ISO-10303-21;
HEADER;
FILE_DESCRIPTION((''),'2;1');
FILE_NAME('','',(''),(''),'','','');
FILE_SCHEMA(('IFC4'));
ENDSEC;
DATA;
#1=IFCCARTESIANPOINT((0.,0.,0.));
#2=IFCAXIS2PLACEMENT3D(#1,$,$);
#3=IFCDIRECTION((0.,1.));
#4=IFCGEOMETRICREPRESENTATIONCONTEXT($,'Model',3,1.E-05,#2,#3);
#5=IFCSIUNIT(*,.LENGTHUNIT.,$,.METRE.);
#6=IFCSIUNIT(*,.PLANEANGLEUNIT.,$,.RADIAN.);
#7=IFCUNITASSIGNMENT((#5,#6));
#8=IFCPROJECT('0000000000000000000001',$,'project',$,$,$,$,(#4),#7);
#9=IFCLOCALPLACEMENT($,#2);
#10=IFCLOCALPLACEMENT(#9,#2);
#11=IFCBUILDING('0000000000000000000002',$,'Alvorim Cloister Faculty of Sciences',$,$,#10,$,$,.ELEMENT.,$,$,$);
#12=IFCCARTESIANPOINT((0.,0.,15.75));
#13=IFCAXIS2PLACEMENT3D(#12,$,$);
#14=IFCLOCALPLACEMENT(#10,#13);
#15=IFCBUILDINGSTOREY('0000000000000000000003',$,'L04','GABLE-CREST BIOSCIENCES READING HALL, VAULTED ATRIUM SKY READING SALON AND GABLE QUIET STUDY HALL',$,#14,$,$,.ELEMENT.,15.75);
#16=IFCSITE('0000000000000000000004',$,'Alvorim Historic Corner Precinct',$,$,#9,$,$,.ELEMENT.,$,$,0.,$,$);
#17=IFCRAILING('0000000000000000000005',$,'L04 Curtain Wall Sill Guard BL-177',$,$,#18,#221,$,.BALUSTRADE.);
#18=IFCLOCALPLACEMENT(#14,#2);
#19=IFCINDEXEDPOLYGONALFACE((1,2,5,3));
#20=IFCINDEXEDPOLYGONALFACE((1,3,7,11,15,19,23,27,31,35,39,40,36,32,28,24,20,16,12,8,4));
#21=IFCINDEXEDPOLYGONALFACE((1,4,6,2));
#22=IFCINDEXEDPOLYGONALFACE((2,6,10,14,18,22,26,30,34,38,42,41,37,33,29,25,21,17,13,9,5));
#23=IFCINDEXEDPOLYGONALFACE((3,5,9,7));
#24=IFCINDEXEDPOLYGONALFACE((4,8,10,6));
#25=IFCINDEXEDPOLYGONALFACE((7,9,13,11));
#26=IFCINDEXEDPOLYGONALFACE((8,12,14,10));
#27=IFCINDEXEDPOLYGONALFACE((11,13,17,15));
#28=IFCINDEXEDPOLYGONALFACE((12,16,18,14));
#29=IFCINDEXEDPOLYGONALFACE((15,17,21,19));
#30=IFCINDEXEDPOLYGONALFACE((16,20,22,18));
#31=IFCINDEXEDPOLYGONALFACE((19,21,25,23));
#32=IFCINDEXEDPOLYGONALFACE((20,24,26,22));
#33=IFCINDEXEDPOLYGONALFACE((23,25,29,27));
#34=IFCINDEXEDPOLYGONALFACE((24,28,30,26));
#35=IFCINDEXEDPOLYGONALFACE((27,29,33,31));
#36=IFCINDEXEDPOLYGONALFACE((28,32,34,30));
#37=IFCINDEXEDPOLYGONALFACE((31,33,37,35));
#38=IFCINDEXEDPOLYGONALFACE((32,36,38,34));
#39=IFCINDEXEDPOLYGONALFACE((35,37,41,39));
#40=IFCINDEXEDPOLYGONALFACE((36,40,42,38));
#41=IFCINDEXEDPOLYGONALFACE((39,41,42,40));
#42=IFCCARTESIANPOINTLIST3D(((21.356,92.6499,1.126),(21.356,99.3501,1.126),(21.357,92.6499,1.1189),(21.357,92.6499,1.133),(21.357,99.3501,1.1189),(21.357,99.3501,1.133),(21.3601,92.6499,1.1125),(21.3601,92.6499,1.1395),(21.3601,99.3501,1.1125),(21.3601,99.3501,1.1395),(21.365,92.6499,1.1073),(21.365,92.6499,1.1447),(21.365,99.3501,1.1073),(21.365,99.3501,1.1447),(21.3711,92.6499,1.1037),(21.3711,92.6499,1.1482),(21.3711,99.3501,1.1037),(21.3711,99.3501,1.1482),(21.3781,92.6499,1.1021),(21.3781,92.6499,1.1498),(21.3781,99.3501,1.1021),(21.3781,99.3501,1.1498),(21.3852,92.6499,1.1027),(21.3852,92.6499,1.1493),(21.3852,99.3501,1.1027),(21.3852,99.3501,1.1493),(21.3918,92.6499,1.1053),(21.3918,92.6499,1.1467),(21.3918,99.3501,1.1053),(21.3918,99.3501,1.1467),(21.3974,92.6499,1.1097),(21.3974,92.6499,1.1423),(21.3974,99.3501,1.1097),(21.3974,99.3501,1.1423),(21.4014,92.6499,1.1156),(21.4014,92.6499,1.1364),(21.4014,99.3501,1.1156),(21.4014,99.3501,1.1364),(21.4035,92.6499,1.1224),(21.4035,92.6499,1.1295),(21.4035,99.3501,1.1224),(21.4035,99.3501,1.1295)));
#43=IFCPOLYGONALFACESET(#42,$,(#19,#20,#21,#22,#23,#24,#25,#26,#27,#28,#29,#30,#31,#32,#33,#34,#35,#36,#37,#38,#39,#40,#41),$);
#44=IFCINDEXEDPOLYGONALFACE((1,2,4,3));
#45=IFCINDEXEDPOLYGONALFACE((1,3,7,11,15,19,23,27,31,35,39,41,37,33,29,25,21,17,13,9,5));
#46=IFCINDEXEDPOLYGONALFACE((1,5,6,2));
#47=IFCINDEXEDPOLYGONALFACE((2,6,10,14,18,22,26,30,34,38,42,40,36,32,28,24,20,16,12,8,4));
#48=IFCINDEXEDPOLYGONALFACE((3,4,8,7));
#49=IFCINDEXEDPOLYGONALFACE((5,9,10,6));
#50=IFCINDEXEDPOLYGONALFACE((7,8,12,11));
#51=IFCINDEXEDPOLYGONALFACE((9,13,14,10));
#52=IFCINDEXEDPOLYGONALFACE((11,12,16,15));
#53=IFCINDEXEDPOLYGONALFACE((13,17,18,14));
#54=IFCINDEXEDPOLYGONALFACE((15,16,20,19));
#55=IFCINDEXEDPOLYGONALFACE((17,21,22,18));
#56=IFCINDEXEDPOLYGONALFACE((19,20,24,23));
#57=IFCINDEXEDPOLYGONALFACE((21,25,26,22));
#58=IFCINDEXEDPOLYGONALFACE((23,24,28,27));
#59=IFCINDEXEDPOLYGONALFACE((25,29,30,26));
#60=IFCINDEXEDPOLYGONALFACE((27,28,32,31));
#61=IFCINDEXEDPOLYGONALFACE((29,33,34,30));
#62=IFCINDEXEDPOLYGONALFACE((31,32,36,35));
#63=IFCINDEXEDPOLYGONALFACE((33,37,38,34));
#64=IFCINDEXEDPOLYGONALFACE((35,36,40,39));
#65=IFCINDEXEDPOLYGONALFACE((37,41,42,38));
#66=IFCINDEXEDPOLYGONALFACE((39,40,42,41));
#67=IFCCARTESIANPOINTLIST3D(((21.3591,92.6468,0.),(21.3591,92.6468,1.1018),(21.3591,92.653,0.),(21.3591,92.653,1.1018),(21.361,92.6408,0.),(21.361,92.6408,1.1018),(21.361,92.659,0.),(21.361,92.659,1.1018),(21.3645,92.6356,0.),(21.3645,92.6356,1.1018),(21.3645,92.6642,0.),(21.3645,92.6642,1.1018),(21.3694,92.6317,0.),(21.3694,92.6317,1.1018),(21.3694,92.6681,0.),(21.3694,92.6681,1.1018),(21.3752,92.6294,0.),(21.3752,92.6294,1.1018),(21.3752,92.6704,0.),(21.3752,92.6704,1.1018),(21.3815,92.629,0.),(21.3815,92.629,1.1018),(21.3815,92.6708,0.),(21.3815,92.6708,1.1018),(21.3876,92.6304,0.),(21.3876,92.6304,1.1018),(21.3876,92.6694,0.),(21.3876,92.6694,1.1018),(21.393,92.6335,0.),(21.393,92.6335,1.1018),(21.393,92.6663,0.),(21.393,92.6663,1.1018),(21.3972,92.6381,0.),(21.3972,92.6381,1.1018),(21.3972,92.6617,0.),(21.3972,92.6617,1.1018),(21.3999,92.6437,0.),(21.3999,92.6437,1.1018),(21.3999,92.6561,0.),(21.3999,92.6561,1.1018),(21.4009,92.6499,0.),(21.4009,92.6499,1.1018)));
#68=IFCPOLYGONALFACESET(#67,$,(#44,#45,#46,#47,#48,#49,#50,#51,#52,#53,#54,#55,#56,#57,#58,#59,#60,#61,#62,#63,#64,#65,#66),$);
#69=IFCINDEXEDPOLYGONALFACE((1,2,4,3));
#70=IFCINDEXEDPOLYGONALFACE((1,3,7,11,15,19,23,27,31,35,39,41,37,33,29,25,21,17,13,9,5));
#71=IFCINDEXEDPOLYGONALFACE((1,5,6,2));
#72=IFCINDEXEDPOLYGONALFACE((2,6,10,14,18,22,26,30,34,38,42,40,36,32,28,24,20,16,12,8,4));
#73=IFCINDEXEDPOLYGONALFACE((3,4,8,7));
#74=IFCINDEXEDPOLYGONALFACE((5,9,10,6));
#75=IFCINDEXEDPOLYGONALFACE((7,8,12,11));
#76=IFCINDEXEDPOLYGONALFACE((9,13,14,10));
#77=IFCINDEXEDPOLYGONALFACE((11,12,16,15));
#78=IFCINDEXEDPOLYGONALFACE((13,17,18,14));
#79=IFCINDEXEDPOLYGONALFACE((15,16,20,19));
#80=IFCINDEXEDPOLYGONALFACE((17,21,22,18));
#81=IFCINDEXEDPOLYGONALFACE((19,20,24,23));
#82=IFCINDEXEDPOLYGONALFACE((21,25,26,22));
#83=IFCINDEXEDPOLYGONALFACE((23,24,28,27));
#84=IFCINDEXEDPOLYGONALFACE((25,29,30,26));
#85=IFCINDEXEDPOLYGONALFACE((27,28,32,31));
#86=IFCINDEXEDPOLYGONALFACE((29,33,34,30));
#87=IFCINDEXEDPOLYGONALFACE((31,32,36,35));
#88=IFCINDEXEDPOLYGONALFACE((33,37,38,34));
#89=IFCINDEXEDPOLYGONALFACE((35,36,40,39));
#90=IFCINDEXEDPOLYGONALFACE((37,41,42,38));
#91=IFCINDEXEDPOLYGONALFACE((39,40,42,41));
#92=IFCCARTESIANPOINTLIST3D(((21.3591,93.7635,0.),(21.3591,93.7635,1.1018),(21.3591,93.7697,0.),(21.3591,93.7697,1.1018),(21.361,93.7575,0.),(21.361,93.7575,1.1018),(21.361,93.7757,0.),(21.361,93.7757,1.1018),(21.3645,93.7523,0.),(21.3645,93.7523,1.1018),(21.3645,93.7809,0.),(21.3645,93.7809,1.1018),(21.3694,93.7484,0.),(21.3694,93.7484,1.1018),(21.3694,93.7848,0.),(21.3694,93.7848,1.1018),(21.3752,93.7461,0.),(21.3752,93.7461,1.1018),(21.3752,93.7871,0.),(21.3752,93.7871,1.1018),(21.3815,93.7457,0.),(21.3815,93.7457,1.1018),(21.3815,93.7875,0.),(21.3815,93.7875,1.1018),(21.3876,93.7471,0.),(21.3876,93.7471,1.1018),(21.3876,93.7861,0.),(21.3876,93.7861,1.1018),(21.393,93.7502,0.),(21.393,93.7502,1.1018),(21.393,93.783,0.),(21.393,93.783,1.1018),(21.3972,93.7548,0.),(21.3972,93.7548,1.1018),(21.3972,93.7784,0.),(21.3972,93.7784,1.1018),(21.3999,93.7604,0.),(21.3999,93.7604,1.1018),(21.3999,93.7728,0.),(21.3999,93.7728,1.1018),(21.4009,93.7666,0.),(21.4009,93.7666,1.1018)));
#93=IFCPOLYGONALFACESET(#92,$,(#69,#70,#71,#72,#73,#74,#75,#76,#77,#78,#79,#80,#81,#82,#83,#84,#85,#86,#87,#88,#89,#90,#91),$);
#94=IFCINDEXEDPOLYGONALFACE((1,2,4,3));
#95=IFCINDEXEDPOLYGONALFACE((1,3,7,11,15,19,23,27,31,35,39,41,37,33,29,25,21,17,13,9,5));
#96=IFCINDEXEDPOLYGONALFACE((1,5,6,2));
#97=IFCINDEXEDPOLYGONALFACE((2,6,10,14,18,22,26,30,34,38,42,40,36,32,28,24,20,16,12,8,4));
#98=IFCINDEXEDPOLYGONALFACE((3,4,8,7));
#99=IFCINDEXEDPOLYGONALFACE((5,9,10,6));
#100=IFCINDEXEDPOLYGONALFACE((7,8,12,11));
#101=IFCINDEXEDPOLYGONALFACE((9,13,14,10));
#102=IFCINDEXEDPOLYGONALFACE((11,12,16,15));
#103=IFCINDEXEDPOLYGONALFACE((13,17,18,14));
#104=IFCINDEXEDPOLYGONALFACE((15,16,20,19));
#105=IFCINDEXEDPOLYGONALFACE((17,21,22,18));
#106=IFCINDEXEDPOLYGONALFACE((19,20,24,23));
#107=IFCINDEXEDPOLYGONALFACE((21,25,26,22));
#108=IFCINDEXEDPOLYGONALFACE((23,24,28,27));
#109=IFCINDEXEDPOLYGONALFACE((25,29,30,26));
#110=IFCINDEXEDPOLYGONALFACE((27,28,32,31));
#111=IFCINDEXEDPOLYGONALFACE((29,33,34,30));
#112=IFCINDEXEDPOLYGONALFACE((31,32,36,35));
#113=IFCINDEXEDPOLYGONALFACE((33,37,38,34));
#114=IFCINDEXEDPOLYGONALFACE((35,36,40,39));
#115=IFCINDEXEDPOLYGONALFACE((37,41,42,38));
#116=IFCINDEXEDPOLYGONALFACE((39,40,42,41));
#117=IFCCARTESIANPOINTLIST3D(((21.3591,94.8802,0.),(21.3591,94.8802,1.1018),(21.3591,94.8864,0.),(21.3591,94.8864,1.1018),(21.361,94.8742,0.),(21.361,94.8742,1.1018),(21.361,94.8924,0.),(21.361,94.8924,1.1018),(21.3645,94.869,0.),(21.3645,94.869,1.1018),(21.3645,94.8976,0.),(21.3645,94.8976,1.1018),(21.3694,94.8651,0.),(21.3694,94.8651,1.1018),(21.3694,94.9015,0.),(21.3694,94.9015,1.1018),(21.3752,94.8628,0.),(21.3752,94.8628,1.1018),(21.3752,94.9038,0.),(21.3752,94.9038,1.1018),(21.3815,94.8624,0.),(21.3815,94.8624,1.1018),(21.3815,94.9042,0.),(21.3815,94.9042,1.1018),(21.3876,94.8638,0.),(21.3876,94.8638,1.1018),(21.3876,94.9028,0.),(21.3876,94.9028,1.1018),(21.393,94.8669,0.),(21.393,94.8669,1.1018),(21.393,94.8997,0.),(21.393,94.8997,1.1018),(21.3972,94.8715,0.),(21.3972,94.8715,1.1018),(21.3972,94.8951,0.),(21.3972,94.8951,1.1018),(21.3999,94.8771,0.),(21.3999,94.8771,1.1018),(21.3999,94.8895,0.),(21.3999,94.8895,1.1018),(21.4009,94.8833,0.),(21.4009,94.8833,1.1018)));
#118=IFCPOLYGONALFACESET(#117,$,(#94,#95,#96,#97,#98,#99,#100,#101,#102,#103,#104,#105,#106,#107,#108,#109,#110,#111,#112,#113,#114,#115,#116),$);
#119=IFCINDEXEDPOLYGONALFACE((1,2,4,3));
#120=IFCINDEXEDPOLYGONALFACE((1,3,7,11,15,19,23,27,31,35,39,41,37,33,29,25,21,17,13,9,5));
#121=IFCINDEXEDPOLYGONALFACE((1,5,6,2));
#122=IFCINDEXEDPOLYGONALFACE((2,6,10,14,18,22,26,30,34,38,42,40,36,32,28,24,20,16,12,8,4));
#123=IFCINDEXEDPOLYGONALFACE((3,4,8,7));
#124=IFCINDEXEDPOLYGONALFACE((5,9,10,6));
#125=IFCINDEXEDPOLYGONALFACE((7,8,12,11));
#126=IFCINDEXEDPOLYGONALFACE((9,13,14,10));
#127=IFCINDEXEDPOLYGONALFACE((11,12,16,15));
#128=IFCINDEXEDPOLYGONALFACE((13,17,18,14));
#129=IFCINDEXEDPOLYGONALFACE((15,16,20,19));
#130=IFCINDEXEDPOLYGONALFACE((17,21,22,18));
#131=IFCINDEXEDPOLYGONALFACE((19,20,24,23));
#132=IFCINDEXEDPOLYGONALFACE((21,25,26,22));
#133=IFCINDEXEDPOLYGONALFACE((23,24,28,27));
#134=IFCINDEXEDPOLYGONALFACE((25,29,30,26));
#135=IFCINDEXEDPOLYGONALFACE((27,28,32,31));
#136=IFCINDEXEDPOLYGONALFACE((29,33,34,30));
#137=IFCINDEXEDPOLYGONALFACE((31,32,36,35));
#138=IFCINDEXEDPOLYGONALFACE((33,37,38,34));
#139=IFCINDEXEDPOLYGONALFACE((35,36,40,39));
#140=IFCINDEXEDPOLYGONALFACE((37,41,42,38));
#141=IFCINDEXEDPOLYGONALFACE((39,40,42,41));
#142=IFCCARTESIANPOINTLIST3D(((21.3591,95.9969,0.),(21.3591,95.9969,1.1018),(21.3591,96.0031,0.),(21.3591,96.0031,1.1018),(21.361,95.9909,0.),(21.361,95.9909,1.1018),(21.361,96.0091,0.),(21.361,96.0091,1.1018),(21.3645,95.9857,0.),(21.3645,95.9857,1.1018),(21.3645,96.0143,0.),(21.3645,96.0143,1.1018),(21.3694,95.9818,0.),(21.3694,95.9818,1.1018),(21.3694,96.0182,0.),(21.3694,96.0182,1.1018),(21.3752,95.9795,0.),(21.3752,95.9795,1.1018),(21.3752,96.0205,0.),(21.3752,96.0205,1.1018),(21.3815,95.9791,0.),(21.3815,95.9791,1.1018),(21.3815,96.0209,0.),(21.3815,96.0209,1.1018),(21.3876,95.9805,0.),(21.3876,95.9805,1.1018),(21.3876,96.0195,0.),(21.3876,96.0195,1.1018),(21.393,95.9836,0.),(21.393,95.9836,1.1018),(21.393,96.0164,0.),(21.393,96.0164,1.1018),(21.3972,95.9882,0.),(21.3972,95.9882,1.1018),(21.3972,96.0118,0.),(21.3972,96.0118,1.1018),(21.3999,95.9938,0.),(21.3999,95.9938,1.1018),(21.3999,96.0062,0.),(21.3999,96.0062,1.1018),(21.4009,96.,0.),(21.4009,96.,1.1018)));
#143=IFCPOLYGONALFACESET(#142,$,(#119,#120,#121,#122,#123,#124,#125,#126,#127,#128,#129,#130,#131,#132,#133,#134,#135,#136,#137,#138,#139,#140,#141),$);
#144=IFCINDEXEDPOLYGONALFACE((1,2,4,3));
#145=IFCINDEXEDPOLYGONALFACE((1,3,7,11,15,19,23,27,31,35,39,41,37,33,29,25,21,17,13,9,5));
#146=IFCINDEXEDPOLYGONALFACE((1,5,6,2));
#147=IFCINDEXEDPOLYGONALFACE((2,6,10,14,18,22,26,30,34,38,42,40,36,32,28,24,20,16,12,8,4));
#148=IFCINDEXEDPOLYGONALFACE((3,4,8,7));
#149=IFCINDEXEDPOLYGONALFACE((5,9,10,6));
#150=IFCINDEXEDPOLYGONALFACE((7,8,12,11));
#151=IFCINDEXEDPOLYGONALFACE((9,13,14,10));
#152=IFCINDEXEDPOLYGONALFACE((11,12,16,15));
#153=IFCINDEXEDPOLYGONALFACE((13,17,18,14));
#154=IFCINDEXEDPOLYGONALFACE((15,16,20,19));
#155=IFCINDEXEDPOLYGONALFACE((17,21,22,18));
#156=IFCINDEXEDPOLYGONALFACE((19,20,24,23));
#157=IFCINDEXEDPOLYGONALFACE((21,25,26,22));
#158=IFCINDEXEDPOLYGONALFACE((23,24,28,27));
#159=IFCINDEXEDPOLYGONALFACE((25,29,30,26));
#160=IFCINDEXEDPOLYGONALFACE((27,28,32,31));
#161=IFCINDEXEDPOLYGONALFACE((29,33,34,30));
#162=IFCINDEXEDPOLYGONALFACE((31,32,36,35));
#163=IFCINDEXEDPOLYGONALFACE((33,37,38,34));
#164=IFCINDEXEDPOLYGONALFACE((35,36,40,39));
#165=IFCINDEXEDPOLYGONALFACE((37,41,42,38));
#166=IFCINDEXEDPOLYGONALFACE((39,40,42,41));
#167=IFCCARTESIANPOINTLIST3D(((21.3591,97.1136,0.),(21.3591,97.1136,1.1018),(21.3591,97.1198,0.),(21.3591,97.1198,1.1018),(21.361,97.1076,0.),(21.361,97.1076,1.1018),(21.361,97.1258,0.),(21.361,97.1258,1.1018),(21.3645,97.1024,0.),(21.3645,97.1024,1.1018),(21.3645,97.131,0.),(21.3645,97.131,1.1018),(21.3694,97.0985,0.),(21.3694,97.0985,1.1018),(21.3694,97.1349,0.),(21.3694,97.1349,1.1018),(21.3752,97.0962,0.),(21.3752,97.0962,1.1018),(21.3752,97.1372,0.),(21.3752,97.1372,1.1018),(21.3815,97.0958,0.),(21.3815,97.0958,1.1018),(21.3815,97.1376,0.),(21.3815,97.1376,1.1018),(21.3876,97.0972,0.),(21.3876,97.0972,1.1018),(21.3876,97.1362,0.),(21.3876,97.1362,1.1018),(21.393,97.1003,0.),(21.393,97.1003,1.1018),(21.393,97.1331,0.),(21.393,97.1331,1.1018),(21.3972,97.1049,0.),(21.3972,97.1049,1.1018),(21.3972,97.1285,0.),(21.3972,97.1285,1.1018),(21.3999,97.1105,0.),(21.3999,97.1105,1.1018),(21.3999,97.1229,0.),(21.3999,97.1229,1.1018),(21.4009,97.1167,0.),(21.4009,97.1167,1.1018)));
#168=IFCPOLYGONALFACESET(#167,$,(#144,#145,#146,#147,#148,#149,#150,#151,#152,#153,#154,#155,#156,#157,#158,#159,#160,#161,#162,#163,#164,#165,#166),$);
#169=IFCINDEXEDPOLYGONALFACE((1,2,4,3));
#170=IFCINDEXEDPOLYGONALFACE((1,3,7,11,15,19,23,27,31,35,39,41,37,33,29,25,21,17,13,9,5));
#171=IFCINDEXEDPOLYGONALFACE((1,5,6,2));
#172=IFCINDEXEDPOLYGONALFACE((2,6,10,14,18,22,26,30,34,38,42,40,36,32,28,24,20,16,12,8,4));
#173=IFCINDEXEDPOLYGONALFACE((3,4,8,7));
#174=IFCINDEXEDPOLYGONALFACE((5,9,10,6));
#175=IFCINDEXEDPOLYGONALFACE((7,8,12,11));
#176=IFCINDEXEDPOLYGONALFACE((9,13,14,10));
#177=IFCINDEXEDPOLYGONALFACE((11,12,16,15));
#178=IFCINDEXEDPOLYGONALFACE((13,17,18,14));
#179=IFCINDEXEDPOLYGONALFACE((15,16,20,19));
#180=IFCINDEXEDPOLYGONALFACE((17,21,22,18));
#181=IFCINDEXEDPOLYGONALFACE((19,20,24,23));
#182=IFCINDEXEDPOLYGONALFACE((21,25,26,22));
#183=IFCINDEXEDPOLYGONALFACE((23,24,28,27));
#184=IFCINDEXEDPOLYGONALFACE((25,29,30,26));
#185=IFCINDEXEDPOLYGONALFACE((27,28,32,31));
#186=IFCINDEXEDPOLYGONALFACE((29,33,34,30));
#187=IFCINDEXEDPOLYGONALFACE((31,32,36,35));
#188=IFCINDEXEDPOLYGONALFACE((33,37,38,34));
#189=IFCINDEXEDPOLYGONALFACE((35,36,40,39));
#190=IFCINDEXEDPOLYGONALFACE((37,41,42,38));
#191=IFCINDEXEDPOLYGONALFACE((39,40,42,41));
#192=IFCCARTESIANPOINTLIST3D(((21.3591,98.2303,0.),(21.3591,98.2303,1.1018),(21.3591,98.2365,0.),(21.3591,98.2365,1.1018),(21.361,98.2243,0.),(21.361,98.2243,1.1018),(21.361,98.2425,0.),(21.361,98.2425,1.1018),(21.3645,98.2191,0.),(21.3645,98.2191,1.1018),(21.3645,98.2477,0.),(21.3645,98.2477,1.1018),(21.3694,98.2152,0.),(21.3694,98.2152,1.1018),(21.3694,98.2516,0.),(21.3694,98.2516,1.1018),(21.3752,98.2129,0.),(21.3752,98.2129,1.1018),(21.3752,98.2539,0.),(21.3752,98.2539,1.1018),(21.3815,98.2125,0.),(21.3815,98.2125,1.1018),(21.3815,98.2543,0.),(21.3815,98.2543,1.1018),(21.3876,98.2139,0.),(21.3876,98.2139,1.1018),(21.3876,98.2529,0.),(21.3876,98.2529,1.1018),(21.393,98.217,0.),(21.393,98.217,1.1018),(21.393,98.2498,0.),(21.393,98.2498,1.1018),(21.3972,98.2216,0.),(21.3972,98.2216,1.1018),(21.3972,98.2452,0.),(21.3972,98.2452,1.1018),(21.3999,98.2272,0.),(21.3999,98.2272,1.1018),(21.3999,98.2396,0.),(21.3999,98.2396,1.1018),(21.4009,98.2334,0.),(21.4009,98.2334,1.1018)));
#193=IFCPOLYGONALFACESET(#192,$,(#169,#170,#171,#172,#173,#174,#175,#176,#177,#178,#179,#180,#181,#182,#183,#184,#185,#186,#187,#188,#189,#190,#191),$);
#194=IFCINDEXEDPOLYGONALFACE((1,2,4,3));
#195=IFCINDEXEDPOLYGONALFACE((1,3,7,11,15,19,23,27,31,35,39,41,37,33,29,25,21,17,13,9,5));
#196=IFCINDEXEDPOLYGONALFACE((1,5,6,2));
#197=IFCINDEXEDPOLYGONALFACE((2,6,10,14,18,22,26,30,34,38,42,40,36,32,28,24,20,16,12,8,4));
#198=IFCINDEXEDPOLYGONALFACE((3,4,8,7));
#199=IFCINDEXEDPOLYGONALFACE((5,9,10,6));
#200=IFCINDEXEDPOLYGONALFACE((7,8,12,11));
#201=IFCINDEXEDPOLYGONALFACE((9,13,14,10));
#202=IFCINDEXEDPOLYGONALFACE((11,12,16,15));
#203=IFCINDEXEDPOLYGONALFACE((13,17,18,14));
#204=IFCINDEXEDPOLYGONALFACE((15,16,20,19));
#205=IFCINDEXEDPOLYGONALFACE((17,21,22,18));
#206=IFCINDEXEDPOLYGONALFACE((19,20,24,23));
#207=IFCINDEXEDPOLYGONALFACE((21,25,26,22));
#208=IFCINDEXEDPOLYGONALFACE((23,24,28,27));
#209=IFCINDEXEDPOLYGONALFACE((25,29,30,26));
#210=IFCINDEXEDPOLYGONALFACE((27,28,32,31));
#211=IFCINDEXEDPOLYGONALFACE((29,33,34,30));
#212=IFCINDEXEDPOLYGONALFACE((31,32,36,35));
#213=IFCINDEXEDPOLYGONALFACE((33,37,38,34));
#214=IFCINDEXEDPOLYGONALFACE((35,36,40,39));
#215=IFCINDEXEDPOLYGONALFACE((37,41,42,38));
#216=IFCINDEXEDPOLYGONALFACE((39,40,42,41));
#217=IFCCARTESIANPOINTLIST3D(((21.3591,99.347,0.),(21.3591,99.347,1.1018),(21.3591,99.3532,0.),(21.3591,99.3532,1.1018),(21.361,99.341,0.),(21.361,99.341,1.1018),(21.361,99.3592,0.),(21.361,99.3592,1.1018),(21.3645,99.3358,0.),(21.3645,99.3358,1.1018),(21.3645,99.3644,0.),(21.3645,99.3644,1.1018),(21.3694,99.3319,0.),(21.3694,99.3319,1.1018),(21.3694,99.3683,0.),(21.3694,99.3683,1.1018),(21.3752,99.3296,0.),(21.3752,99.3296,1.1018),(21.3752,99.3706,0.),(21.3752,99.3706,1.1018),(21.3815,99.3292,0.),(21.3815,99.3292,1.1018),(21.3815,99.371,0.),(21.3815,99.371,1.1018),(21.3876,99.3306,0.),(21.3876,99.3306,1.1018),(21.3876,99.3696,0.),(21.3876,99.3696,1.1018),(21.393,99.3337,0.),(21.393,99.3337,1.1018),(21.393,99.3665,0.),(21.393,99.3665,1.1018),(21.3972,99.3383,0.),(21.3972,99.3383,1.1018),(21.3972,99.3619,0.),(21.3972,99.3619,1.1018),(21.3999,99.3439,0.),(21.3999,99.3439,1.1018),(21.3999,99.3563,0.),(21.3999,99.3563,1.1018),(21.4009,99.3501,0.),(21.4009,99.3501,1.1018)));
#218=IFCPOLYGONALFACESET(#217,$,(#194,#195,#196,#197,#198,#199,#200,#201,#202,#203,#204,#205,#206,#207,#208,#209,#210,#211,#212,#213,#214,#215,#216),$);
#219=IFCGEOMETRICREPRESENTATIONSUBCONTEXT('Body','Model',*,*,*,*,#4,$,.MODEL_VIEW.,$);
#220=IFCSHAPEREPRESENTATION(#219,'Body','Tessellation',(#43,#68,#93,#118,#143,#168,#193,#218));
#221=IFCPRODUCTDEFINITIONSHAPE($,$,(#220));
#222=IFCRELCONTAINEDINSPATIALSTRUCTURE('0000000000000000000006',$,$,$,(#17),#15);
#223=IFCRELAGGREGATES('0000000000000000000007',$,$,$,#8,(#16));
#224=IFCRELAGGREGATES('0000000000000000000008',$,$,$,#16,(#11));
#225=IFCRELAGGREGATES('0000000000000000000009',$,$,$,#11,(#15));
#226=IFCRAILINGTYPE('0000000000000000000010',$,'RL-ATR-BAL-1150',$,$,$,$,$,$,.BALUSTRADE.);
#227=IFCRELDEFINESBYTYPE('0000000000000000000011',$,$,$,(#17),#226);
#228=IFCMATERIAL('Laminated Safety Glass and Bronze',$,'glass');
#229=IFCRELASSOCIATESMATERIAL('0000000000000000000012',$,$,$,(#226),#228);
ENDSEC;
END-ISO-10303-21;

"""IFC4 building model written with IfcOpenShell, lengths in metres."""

from ifc_helpers import new_model, si_unit, direction, frame, origin, origin_2d, place, context, subcontext, project, spatial, circle, extrude, material, type_object, element, save


model = new_model("IFC4")

# Units and contexts
model_context = context("Model", 3, precision=1e-05, world=origin(), true_north=direction((0.0, 1.0)))
body_context = subcontext(model_context, "Body", "Model", "MODEL_VIEW")
ifc_project = project(units=[si_unit("LENGTHUNIT", "METRE"), si_unit("PLANEANGLEUNIT", "RADIAN")], contexts=[model_context])

# Site, building, storey
site_placement = place(None, origin())
site = spatial("IfcSite", under=ifc_project, at=site_placement, Name="Alvorim Historic Corner Precinct", CompositionType="ELEMENT", RefElevation=0.0)
building_placement = place(site_placement, origin())
building = spatial("IfcBuilding", under=site, at=building_placement, Name="Alvorim Cloister Faculty of Sciences", CompositionType="ELEMENT")
storey_placement = place(building_placement, frame((0.0, 0.0, 15.75)))
storey = spatial("IfcBuildingStorey", under=building, at=storey_placement, Name="L04", Description="GABLE-CREST BIOSCIENCES READING HALL, VAULTED ATRIUM SKY READING SALON AND GABLE QUIET STUDY HALL", CompositionType="ELEMENT", Elevation=15.75)

# Railing
ifc_material_1 = material(Name="Laminated Safety Glass and Bronze", Category="glass")
railing_type = type_object("IfcRailingType", Name="RL-ATR-BAL-1150", PredefinedType="BALUSTRADE", material=ifc_material_1)
railing_1_placement = place(storey_placement, frame((21.3799, 92.6499, 0.0)))
element("IfcRailing", 1, at=railing_1_placement, inside=storey, type_object=railing_type, Name="L04 Curtain Wall Sill Guard BL-177", PredefinedType="BALUSTRADE", context=body_context, shape_type="SweptSolid", body=[
    extrude(circle(Radius=0.0239, at=origin_2d()), frame((0.0, 0.0, 1.126), z_axis=(0.0, 1.0, 0.0), x_axis=(-1.0, 0.0, 0.0)), (0.0, 0.0, 1.0), 6.7002),
    extrude(circle(Radius=0.021, at=origin_2d()), origin(), (0.0, 0.0, 1.0), 1.1018),
    extrude(circle(Radius=0.021, at=origin_2d()), frame((0.0, 1.1167, 0.0)), (0.0, 0.0, 1.0), 1.1018),
    extrude(circle(Radius=0.021, at=origin_2d()), frame((0.0, 2.2334, 0.0)), (0.0, 0.0, 1.0), 1.1018),
    extrude(circle(Radius=0.021, at=origin_2d()), frame((0.0, 3.3501, 0.0)), (0.0, 0.0, 1.0), 1.1018),
    extrude(circle(Radius=0.021, at=origin_2d()), frame((0.0, 4.4668, 0.0)), (0.0, 0.0, 1.0), 1.1018),
    extrude(circle(Radius=0.021, at=origin_2d()), frame((0.0, 5.5835, 0.0)), (0.0, 0.0, 1.0), 1.1018),
    extrude(circle(Radius=0.021, at=origin_2d()), frame((0.0, 6.7002, 0.0)), (0.0, 0.0, 1.0), 1.1018),
])

save(model, "model.ifc")
